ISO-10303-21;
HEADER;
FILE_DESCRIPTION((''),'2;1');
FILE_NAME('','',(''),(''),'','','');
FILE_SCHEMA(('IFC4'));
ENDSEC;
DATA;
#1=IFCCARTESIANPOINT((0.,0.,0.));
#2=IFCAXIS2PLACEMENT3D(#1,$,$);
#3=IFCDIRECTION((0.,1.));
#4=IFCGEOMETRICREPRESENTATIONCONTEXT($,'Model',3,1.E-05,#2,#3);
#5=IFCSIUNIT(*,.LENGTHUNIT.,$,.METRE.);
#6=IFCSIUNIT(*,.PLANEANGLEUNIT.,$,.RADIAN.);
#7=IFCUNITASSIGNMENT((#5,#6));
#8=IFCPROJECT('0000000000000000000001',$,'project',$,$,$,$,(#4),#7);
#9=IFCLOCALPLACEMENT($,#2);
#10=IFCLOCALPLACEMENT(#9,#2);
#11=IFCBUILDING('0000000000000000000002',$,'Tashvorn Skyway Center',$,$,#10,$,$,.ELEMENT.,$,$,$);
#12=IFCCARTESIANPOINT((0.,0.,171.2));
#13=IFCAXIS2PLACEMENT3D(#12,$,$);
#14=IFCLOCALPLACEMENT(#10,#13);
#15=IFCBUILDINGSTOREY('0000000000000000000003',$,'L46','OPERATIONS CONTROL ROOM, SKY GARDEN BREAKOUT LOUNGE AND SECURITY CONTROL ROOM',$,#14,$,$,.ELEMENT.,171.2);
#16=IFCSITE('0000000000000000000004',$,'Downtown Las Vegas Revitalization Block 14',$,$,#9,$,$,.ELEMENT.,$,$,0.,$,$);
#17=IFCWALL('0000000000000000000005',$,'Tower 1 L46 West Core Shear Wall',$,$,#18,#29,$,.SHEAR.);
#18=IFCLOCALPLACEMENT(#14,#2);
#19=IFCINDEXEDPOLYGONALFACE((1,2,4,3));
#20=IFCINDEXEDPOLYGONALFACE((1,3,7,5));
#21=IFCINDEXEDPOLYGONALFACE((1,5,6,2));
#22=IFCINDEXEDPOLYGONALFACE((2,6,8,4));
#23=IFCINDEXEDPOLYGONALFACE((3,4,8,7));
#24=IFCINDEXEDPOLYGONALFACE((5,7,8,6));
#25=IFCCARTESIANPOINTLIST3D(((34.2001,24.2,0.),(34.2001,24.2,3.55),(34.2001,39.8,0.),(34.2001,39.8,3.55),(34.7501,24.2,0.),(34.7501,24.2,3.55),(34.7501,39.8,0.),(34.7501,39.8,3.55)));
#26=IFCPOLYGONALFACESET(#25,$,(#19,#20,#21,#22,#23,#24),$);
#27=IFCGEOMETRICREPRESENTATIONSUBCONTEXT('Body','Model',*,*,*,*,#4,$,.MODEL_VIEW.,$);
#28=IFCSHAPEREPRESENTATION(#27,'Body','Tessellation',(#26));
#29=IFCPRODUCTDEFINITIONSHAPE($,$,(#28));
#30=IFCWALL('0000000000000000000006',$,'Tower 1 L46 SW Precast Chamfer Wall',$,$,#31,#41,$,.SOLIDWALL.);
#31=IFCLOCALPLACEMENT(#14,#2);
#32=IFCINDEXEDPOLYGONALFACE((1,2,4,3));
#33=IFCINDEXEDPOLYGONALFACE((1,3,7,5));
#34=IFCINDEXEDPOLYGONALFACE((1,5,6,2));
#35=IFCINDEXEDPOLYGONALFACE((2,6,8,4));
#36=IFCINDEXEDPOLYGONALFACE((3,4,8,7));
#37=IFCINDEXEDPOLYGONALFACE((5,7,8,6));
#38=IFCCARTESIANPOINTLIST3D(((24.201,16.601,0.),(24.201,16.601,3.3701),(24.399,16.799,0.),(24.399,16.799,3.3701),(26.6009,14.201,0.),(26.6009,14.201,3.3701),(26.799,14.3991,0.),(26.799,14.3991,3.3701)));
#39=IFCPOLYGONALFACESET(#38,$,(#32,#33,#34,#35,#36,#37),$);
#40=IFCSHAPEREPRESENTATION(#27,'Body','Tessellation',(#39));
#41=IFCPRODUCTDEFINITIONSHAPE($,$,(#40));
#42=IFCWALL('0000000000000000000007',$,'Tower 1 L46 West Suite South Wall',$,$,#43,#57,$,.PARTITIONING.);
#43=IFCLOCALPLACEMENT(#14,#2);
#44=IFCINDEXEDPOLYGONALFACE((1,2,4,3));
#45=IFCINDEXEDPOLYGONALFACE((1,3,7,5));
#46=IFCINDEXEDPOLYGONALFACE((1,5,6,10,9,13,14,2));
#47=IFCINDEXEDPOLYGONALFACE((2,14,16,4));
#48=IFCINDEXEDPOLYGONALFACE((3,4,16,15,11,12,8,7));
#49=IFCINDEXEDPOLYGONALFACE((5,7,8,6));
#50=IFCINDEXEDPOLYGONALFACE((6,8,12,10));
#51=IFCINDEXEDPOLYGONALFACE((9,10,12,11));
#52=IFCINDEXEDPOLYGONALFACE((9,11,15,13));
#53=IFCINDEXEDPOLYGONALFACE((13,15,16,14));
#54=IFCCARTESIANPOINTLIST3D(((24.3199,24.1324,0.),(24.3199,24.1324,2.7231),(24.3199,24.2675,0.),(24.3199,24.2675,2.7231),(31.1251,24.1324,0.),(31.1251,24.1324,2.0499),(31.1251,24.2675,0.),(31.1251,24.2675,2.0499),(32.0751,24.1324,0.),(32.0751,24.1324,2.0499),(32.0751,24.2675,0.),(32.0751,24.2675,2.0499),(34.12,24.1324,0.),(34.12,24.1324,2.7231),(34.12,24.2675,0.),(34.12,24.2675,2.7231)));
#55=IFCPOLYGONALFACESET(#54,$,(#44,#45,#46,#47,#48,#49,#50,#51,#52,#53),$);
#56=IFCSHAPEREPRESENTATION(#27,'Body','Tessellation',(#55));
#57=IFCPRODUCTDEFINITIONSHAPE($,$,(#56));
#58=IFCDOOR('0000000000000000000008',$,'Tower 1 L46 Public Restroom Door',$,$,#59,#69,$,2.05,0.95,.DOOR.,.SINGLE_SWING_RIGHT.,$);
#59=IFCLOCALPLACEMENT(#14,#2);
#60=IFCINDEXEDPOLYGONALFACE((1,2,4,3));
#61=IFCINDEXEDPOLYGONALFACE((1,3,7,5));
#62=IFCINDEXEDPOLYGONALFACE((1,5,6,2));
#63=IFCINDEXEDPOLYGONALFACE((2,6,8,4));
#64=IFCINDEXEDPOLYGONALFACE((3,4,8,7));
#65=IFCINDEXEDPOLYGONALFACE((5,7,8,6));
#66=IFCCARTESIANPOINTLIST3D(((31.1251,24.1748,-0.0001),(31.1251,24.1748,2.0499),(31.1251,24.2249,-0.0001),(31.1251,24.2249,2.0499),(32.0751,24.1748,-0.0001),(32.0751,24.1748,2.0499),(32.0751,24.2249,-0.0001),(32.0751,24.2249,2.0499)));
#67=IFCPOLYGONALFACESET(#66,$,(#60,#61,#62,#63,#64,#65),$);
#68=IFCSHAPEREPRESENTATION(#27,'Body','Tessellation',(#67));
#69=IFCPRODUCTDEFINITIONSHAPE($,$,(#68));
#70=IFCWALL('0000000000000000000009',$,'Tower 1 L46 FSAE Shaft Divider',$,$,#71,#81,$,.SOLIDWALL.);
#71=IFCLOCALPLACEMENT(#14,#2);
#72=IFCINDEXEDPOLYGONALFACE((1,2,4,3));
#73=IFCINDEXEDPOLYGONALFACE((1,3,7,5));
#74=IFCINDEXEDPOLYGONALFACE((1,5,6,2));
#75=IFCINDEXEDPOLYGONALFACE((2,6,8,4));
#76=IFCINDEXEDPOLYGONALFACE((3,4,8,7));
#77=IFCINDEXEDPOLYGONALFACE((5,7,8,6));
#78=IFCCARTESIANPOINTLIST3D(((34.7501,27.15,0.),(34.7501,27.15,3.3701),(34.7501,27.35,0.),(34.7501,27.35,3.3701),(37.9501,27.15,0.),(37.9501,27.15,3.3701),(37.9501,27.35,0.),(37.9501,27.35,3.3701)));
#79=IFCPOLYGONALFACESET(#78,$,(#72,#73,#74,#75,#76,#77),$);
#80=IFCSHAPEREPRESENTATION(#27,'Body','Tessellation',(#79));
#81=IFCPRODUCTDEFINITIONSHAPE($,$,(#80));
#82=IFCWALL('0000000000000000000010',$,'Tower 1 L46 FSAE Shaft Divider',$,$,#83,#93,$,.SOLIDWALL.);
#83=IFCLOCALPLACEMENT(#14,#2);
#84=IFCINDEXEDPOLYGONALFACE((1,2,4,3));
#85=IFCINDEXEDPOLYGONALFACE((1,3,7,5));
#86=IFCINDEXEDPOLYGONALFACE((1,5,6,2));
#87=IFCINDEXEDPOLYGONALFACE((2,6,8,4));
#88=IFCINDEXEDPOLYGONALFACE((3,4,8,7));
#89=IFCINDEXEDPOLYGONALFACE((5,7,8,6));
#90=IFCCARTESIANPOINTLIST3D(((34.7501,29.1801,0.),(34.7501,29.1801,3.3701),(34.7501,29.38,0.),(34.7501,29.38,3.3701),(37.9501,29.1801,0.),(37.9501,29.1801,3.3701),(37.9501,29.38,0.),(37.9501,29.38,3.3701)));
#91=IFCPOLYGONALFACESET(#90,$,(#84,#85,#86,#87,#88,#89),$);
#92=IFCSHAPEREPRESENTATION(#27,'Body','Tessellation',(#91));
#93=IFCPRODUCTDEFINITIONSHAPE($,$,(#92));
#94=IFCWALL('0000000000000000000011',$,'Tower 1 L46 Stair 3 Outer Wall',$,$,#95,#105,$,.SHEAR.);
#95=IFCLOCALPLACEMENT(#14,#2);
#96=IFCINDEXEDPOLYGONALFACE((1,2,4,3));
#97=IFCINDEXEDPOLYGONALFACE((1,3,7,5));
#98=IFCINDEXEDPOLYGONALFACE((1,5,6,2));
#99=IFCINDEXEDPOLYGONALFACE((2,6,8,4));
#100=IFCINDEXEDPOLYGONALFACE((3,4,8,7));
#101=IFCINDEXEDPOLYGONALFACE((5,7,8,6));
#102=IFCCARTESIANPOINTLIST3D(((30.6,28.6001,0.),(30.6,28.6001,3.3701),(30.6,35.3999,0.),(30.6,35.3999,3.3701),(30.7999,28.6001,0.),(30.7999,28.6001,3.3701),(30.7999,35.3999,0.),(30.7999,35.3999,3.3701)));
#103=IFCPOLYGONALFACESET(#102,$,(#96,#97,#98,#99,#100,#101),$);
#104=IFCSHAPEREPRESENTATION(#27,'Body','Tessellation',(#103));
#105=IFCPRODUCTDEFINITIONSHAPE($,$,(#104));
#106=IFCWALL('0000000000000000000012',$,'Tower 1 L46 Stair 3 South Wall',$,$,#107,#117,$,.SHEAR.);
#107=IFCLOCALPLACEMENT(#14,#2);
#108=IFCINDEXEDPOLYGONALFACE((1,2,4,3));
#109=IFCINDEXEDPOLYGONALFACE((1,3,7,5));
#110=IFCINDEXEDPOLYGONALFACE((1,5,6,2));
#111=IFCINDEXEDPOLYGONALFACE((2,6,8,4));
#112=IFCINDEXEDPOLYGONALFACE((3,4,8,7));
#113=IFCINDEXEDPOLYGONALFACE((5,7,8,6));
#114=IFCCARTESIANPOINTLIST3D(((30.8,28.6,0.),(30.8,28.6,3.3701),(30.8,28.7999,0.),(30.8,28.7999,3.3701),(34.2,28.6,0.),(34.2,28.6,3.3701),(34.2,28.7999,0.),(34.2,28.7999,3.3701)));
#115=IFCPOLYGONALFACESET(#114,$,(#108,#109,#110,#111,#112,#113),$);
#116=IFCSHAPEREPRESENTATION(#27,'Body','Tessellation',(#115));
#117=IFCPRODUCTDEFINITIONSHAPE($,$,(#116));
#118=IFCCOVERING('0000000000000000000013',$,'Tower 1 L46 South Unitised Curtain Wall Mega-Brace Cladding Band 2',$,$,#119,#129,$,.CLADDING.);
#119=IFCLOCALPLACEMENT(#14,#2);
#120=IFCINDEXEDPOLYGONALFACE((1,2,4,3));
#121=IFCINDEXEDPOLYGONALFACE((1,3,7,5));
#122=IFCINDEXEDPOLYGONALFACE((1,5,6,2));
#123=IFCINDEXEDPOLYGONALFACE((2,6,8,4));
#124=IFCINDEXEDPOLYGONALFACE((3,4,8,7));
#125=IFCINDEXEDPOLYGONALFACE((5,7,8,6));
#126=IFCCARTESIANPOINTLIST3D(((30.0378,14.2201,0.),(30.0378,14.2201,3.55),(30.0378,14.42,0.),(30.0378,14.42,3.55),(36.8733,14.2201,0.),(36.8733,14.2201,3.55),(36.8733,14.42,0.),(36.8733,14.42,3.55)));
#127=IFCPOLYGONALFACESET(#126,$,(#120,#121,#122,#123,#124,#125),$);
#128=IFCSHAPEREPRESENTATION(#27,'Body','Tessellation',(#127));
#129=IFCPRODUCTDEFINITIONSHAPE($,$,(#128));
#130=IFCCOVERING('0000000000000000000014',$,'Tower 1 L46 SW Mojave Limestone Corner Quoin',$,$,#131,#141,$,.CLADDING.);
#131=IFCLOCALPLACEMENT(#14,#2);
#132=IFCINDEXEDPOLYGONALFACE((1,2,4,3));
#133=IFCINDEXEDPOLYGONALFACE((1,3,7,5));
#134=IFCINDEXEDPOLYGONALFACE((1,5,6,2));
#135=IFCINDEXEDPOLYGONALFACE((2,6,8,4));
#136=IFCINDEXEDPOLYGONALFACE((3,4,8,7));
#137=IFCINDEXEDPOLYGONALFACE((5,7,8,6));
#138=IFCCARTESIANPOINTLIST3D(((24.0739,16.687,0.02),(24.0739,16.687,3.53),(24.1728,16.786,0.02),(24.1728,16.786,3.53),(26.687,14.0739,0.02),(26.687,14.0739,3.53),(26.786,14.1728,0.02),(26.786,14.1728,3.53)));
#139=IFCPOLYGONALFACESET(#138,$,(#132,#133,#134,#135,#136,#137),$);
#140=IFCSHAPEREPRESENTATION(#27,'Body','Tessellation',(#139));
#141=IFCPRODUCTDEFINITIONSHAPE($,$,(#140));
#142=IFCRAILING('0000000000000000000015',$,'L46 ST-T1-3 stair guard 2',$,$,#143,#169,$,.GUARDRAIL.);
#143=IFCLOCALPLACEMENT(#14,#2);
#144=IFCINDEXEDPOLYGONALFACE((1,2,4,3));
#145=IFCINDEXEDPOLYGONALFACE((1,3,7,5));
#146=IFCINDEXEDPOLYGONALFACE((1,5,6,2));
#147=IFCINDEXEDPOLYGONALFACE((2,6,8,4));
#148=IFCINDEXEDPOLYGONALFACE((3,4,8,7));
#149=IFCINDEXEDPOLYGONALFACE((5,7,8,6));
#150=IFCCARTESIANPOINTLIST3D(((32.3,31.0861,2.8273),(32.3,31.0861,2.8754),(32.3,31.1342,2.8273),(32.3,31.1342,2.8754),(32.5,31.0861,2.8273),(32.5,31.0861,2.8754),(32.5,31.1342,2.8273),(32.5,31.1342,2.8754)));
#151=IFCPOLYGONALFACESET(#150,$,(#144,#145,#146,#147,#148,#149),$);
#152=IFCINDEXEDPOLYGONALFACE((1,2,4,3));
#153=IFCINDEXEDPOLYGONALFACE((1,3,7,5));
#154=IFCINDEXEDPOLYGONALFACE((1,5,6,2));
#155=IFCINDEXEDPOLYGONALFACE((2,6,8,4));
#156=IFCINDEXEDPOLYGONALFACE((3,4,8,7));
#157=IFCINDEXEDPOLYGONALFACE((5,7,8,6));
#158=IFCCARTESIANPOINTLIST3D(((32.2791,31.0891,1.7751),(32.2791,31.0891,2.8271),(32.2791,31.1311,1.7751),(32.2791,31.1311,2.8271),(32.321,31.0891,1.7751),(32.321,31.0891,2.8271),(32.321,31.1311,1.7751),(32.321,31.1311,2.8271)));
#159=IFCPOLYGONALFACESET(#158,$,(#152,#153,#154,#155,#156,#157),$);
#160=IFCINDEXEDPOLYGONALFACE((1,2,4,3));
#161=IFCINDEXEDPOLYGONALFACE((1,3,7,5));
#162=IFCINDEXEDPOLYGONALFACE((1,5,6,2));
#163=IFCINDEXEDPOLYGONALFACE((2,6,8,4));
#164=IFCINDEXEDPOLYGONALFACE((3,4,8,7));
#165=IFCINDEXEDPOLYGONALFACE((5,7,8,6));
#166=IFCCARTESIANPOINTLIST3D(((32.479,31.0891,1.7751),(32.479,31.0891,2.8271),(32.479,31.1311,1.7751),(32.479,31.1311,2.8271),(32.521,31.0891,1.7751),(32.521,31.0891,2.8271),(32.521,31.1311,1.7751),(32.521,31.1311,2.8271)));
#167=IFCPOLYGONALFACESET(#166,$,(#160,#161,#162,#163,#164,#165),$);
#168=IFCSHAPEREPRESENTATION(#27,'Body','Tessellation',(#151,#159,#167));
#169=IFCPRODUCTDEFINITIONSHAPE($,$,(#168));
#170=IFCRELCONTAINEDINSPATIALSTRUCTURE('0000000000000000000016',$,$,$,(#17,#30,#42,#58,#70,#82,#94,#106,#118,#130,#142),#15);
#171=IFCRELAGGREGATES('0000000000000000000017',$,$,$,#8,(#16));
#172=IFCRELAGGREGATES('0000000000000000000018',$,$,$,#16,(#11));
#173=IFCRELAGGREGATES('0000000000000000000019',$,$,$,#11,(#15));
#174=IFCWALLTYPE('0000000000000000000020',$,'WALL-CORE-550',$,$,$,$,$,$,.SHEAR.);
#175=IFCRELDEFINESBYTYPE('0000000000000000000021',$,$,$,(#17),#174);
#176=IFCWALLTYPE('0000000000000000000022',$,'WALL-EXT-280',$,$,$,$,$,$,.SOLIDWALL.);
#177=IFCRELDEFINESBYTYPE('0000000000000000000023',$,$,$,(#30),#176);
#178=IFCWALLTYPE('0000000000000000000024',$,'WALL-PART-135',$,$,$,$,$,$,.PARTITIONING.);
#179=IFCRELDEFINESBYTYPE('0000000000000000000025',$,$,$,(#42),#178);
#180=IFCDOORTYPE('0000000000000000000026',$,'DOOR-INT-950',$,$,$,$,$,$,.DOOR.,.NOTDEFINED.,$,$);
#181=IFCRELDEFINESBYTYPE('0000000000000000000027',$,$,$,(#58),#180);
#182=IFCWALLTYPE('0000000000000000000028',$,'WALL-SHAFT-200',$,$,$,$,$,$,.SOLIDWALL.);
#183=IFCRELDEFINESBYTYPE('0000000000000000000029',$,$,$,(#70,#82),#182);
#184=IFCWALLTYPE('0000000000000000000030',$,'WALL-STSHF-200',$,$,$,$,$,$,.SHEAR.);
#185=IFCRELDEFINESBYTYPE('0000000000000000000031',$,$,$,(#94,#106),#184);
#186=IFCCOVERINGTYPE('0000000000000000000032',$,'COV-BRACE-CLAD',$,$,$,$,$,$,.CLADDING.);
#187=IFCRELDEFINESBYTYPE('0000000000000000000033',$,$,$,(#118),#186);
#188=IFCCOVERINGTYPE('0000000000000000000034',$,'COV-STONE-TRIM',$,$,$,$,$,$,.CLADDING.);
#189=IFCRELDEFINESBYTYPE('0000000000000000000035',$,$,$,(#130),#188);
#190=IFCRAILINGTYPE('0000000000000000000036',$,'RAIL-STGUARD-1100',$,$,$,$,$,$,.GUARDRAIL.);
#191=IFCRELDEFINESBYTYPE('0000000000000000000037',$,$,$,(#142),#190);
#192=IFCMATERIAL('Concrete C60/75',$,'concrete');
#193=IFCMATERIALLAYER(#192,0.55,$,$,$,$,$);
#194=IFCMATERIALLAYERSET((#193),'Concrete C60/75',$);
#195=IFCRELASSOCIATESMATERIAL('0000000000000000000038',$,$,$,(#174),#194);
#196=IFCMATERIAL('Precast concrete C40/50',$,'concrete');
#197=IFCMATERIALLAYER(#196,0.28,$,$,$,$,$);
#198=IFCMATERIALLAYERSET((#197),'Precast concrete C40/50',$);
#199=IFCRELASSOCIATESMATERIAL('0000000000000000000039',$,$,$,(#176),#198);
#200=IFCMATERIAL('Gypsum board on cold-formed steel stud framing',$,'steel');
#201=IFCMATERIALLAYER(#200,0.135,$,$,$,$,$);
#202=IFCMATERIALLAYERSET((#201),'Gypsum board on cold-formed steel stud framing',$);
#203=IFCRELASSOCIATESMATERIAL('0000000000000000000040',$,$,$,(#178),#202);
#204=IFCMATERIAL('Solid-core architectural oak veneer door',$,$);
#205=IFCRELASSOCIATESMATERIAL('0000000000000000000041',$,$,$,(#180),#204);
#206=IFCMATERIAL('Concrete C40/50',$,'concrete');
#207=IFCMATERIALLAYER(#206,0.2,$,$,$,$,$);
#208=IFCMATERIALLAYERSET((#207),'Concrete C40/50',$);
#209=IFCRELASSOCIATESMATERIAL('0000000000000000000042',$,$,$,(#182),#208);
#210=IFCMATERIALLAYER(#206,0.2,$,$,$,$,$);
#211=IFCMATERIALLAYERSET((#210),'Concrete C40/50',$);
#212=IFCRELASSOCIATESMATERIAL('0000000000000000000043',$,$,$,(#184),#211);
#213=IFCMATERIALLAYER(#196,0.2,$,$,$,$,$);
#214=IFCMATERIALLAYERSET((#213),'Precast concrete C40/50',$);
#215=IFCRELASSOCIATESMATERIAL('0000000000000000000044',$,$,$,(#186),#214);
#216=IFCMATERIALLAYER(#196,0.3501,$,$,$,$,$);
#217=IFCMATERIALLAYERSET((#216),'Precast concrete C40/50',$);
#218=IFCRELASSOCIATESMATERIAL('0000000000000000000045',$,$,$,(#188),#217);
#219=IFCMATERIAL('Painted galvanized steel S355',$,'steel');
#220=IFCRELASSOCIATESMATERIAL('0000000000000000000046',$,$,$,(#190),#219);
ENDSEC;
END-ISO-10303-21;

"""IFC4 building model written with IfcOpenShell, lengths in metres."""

from ifc_helpers import new_model, si_unit, direction, frame, frame_2d, origin, origin_2d, place, context, subcontext, project, spatial, rectangle, extrude, material, layer, layer_set, type_object, element, fill, save


model = new_model("IFC4")

# Units and contexts
model_context = context("Model", 3, precision=1e-05, world=origin(), true_north=direction((0.0, 1.0)))
body_context = subcontext(model_context, "Body", "Model", "MODEL_VIEW")
ifc_project = project(units=[si_unit("LENGTHUNIT", "METRE"), si_unit("PLANEANGLEUNIT", "RADIAN")], contexts=[model_context])

# Site, building, storey
site_placement = place(None, origin())
site = spatial("IfcSite", under=ifc_project, at=site_placement, Name="Downtown Las Vegas Revitalization Block 14", CompositionType="ELEMENT", RefElevation=0.0)
building_placement = place(site_placement, origin())
building = spatial("IfcBuilding", under=site, at=building_placement, Name="Tashvorn Skyway Center", CompositionType="ELEMENT")
storey_placement = place(building_placement, frame((0.0, 0.0, 171.2)))
storey = spatial("IfcBuildingStorey", under=building, at=storey_placement, Name="L46", Description="OPERATIONS CONTROL ROOM, SKY GARDEN BREAKOUT LOUNGE AND SECURITY CONTROL ROOM", CompositionType="ELEMENT", Elevation=171.2)

# Walls
ifc_material_1 = material(Name="Concrete C60/75", Category="concrete")
ifc_layer_1 = layer(ifc_material_1, 0.55)
ifc_layer_set_1 = layer_set([ifc_layer_1], Name="Concrete C60/75")
wall_type_1 = type_object("IfcWallType", Name="WALL-CORE-550", PredefinedType="SHEAR", material=ifc_layer_set_1)
wall_1_placement = place(storey_placement, frame((34.4751, 24.2, 0.0), z_axis=(0.0, 0.0, 1.0), x_axis=(0.0, 1.0, 0.0)))
element("IfcWall", 1, at=wall_1_placement, inside=storey, type_object=wall_type_1, Name="Tower 1 L46 West Core Shear Wall", PredefinedType="SHEAR", context=body_context, shape_type="SweptSolid", body=[
    extrude(rectangle(XDim=15.6001, YDim=0.55, at=frame_2d((7.8, 0.0))), origin(), (0.0, 0.0, 1.0), 3.55),
])
ifc_material_2 = material(Name="Precast concrete C40/50", Category="concrete")
ifc_layer_2 = layer(ifc_material_2, 0.28)
ifc_layer_set_2 = layer_set([ifc_layer_2], Name="Precast concrete C40/50")
wall_type_2 = type_object("IfcWallType", Name="WALL-EXT-280", PredefinedType="SOLIDWALL", material=ifc_layer_set_2)
wall_2_placement = place(storey_placement, frame((26.7, 14.3, 0.0), z_axis=(0.0, 0.0, 1.0), x_axis=(-0.707107, 0.707107, 0.0)))
element("IfcWall", 2, at=wall_2_placement, inside=storey, type_object=wall_type_2, Name="Tower 1 L46 SW Precast Chamfer Wall", PredefinedType="SOLIDWALL", context=body_context, shape_type="SweptSolid", body=[
    extrude(rectangle(XDim=3.394, YDim=0.28, at=frame_2d((1.697, 0.0))), origin(), (0.0, 0.0, 1.0), 3.3701),
])

# Wall, opening, door
ifc_material_3 = material(Name="Gypsum board on cold-formed steel stud framing", Category="steel")
ifc_layer_3 = layer(ifc_material_3, 0.135)
ifc_layer_set_3 = layer_set([ifc_layer_3], Name="Gypsum board on cold-formed steel stud framing")
wall_type_3 = type_object("IfcWallType", Name="WALL-PART-135", PredefinedType="PARTITIONING", material=ifc_layer_set_3)
wall_3_placement = place(storey_placement, frame((24.3201, 24.2, 0.0), z_axis=(0.0, 0.0, 1.0), x_axis=(1.0, 0.0, 0.0)))
wall_3 = element("IfcWall", 3, at=wall_3_placement, inside=storey, type_object=wall_type_3, Name="Tower 1 L46 West Suite South Wall", PredefinedType="PARTITIONING", context=body_context, shape_type="SweptSolid", body=[
    extrude(rectangle(XDim=9.8, YDim=0.135, at=frame_2d((4.8999, 0.0))), origin(), (0.0, 0.0, 1.0), 2.7231),
])
opening_placement = place(wall_3_placement, frame((6.8049, 0.0, 0.0)))
opening = element("IfcOpeningElement", 4, at=opening_placement, cuts=wall_3, PredefinedType="OPENING", context=body_context, shape_type="SweptSolid", body=[
    extrude(rectangle(XDim=0.95, YDim=2.05, at=frame_2d((0.4751, 1.0249))), frame((0.0, 0.0774, 0.0), z_axis=(0.0, -1.0, 0.0), x_axis=(1.0, 0.0, 0.0)), (0.0, 0.0, 1.0), 0.155),
])
ifc_material_4 = material(Name="Solid-core architectural oak veneer door")
door_type = type_object("IfcDoorType", Name="DOOR-INT-950", OperationType="NOTDEFINED", PredefinedType="DOOR", material=ifc_material_4)
door_placement = place(opening_placement, origin())
door = element("IfcDoor", 5, at=door_placement, inside=storey, type_object=door_type, Name="Tower 1 L46 Public Restroom Door", OperationType="SINGLE_SWING_RIGHT", OverallHeight=2.05, OverallWidth=0.95, PredefinedType="DOOR", context=body_context, shape_type="SweptSolid", body=[
    extrude(rectangle(XDim=0.95, YDim=2.05, at=frame_2d((0.4751, 1.0249))), frame((0.0, 0.0249, 0.0), z_axis=(0.0, -1.0, 0.0), x_axis=(1.0, 0.0, 0.0)), (0.0, 0.0, 1.0), 0.05),
])
fill(opening, door)

# Walls
ifc_material_5 = material(Name="Concrete C40/50", Category="concrete")
ifc_layer_4 = layer(ifc_material_5, 0.2)
ifc_layer_set_4 = layer_set([ifc_layer_4], Name="Concrete C40/50")
wall_type_4 = type_object("IfcWallType", Name="WALL-SHAFT-200", PredefinedType="SOLIDWALL", material=ifc_layer_set_4)
for number, where, z_axis, x_axis, name in (
    (6, (34.75, 27.25, 0.0), (0.0, 0.0, 1.0), (1.0, 0.0, 0.0), "Tower 1 L46 FSAE Shaft Divider"),
    (7, (34.75, 29.28, 0.0), (0.0, 0.0, 1.0), (1.0, 0.0, 0.0), "Tower 1 L46 FSAE Shaft Divider"),
):
    element("IfcWall", number, at=place(storey_placement, frame(where, z_axis=z_axis, x_axis=x_axis)), inside=storey, type_object=wall_type_4, Name=name, PredefinedType="SOLIDWALL", context=body_context, shape_type="SweptSolid", body=[
        extrude(rectangle(XDim=3.2, YDim=0.2, at=frame_2d((1.6001, 0.0))), origin(), (0.0, 0.0, 1.0), 3.3701),
    ])
ifc_layer_5 = layer(ifc_material_5, 0.2)
ifc_layer_set_5 = layer_set([ifc_layer_5], Name="Concrete C40/50")
wall_type_5 = type_object("IfcWallType", Name="WALL-STSHF-200", PredefinedType="SHEAR", material=ifc_layer_set_5)
wall_4_placement = place(storey_placement, frame((30.7, 28.6001, 0.0), z_axis=(0.0, 0.0, 1.0), x_axis=(0.0, 1.0, 0.0)))
element("IfcWall", 8, at=wall_4_placement, inside=storey, type_object=wall_type_5, Name="Tower 1 L46 Stair 3 Outer Wall", PredefinedType="SHEAR", context=body_context, shape_type="SweptSolid", body=[
    extrude(rectangle(XDim=6.7998, YDim=0.2, at=frame_2d((3.3999, 0.0))), origin(), (0.0, 0.0, 1.0), 3.3701),
])
wall_5_placement = place(storey_placement, frame((30.8, 28.7, 0.0), z_axis=(0.0, 0.0, 1.0), x_axis=(1.0, 0.0, 0.0)))
element("IfcWall", 9, at=wall_5_placement, inside=storey, type_object=wall_type_5, Name="Tower 1 L46 Stair 3 South Wall", PredefinedType="SHEAR", context=body_context, shape_type="SweptSolid", body=[
    extrude(rectangle(XDim=3.3999, YDim=0.2, at=frame_2d((1.7, 0.0))), origin(), (0.0, 0.0, 1.0), 3.3701),
])

# Coverings
ifc_layer_6 = layer(ifc_material_2, 0.2)
ifc_layer_set_6 = layer_set([ifc_layer_6], Name="Precast concrete C40/50")
covering_type_1 = type_object("IfcCoveringType", Name="COV-BRACE-CLAD", PredefinedType="CLADDING", material=ifc_layer_set_6)
covering_1_placement = place(storey_placement, frame((33.4556, 14.3201, 0.0), z_axis=(0.0, 0.0, 1.0), x_axis=(-1.0, 0.0, 0.0)))
element("IfcCovering", 10, at=covering_1_placement, inside=storey, type_object=covering_type_1, Name="Tower 1 L46 South Unitised Curtain Wall Mega-Brace Cladding Band 2", PredefinedType="CLADDING", context=body_context, shape_type="SweptSolid", body=[
    extrude(rectangle(XDim=6.8354, YDim=0.2, at=origin_2d()), origin(), (0.0, 0.0, 1.0), 3.55),
])
ifc_layer_7 = layer(ifc_material_2, 0.3501)
ifc_layer_set_7 = layer_set([ifc_layer_7], Name="Precast concrete C40/50")
covering_type_2 = type_object("IfcCoveringType", Name="COV-STONE-TRIM", PredefinedType="CLADDING", material=ifc_layer_set_7)
covering_2_placement = place(storey_placement, frame((25.4299, 15.4299, 0.02), z_axis=(0.0, 0.0, 1.0), x_axis=(-0.707107, 0.707107, 0.0)))
element("IfcCovering", 11, at=covering_2_placement, inside=storey, type_object=covering_type_2, Name="Tower 1 L46 SW Mojave Limestone Corner Quoin", PredefinedType="CLADDING", context=body_context, shape_type="SweptSolid", body=[
    extrude(rectangle(XDim=3.6956, YDim=0.1399, at=origin_2d()), origin(), (0.0, 0.0, 1.0), 3.51),
])

# Railing
ifc_material_6 = material(Name="Painted galvanized steel S355", Category="steel")
railing_type = type_object("IfcRailingType", Name="RAIL-STGUARD-1100", PredefinedType="GUARDRAIL", material=ifc_material_6)
railing_1_placement = place(storey_placement, frame((32.3, 31.1101, 1.7751)))
element("IfcRailing", 12, at=railing_1_placement, inside=storey, type_object=railing_type, Name="L46 ST-T1-3 stair guard 2", PredefinedType="GUARDRAIL", context=body_context, shape_type="SweptSolid", body=[
    extrude(rectangle(XDim=0.0481, YDim=0.0481, at=origin_2d()), frame((0.0, 0.0, 1.0762), z_axis=(1.0, 0.0, 0.0), x_axis=(0.0, 1.0, 0.0)), (0.0, 0.0, 1.0), 0.2),
    extrude(rectangle(XDim=0.042, YDim=0.042, at=origin_2d()), origin(), (0.0, 0.0, 1.0), 1.052),
    extrude(rectangle(XDim=0.042, YDim=0.042, at=origin_2d()), frame((0.2, 0.0, 0.0)), (0.0, 0.0, 1.0), 1.052),
])

save(model, "model.ifc")
